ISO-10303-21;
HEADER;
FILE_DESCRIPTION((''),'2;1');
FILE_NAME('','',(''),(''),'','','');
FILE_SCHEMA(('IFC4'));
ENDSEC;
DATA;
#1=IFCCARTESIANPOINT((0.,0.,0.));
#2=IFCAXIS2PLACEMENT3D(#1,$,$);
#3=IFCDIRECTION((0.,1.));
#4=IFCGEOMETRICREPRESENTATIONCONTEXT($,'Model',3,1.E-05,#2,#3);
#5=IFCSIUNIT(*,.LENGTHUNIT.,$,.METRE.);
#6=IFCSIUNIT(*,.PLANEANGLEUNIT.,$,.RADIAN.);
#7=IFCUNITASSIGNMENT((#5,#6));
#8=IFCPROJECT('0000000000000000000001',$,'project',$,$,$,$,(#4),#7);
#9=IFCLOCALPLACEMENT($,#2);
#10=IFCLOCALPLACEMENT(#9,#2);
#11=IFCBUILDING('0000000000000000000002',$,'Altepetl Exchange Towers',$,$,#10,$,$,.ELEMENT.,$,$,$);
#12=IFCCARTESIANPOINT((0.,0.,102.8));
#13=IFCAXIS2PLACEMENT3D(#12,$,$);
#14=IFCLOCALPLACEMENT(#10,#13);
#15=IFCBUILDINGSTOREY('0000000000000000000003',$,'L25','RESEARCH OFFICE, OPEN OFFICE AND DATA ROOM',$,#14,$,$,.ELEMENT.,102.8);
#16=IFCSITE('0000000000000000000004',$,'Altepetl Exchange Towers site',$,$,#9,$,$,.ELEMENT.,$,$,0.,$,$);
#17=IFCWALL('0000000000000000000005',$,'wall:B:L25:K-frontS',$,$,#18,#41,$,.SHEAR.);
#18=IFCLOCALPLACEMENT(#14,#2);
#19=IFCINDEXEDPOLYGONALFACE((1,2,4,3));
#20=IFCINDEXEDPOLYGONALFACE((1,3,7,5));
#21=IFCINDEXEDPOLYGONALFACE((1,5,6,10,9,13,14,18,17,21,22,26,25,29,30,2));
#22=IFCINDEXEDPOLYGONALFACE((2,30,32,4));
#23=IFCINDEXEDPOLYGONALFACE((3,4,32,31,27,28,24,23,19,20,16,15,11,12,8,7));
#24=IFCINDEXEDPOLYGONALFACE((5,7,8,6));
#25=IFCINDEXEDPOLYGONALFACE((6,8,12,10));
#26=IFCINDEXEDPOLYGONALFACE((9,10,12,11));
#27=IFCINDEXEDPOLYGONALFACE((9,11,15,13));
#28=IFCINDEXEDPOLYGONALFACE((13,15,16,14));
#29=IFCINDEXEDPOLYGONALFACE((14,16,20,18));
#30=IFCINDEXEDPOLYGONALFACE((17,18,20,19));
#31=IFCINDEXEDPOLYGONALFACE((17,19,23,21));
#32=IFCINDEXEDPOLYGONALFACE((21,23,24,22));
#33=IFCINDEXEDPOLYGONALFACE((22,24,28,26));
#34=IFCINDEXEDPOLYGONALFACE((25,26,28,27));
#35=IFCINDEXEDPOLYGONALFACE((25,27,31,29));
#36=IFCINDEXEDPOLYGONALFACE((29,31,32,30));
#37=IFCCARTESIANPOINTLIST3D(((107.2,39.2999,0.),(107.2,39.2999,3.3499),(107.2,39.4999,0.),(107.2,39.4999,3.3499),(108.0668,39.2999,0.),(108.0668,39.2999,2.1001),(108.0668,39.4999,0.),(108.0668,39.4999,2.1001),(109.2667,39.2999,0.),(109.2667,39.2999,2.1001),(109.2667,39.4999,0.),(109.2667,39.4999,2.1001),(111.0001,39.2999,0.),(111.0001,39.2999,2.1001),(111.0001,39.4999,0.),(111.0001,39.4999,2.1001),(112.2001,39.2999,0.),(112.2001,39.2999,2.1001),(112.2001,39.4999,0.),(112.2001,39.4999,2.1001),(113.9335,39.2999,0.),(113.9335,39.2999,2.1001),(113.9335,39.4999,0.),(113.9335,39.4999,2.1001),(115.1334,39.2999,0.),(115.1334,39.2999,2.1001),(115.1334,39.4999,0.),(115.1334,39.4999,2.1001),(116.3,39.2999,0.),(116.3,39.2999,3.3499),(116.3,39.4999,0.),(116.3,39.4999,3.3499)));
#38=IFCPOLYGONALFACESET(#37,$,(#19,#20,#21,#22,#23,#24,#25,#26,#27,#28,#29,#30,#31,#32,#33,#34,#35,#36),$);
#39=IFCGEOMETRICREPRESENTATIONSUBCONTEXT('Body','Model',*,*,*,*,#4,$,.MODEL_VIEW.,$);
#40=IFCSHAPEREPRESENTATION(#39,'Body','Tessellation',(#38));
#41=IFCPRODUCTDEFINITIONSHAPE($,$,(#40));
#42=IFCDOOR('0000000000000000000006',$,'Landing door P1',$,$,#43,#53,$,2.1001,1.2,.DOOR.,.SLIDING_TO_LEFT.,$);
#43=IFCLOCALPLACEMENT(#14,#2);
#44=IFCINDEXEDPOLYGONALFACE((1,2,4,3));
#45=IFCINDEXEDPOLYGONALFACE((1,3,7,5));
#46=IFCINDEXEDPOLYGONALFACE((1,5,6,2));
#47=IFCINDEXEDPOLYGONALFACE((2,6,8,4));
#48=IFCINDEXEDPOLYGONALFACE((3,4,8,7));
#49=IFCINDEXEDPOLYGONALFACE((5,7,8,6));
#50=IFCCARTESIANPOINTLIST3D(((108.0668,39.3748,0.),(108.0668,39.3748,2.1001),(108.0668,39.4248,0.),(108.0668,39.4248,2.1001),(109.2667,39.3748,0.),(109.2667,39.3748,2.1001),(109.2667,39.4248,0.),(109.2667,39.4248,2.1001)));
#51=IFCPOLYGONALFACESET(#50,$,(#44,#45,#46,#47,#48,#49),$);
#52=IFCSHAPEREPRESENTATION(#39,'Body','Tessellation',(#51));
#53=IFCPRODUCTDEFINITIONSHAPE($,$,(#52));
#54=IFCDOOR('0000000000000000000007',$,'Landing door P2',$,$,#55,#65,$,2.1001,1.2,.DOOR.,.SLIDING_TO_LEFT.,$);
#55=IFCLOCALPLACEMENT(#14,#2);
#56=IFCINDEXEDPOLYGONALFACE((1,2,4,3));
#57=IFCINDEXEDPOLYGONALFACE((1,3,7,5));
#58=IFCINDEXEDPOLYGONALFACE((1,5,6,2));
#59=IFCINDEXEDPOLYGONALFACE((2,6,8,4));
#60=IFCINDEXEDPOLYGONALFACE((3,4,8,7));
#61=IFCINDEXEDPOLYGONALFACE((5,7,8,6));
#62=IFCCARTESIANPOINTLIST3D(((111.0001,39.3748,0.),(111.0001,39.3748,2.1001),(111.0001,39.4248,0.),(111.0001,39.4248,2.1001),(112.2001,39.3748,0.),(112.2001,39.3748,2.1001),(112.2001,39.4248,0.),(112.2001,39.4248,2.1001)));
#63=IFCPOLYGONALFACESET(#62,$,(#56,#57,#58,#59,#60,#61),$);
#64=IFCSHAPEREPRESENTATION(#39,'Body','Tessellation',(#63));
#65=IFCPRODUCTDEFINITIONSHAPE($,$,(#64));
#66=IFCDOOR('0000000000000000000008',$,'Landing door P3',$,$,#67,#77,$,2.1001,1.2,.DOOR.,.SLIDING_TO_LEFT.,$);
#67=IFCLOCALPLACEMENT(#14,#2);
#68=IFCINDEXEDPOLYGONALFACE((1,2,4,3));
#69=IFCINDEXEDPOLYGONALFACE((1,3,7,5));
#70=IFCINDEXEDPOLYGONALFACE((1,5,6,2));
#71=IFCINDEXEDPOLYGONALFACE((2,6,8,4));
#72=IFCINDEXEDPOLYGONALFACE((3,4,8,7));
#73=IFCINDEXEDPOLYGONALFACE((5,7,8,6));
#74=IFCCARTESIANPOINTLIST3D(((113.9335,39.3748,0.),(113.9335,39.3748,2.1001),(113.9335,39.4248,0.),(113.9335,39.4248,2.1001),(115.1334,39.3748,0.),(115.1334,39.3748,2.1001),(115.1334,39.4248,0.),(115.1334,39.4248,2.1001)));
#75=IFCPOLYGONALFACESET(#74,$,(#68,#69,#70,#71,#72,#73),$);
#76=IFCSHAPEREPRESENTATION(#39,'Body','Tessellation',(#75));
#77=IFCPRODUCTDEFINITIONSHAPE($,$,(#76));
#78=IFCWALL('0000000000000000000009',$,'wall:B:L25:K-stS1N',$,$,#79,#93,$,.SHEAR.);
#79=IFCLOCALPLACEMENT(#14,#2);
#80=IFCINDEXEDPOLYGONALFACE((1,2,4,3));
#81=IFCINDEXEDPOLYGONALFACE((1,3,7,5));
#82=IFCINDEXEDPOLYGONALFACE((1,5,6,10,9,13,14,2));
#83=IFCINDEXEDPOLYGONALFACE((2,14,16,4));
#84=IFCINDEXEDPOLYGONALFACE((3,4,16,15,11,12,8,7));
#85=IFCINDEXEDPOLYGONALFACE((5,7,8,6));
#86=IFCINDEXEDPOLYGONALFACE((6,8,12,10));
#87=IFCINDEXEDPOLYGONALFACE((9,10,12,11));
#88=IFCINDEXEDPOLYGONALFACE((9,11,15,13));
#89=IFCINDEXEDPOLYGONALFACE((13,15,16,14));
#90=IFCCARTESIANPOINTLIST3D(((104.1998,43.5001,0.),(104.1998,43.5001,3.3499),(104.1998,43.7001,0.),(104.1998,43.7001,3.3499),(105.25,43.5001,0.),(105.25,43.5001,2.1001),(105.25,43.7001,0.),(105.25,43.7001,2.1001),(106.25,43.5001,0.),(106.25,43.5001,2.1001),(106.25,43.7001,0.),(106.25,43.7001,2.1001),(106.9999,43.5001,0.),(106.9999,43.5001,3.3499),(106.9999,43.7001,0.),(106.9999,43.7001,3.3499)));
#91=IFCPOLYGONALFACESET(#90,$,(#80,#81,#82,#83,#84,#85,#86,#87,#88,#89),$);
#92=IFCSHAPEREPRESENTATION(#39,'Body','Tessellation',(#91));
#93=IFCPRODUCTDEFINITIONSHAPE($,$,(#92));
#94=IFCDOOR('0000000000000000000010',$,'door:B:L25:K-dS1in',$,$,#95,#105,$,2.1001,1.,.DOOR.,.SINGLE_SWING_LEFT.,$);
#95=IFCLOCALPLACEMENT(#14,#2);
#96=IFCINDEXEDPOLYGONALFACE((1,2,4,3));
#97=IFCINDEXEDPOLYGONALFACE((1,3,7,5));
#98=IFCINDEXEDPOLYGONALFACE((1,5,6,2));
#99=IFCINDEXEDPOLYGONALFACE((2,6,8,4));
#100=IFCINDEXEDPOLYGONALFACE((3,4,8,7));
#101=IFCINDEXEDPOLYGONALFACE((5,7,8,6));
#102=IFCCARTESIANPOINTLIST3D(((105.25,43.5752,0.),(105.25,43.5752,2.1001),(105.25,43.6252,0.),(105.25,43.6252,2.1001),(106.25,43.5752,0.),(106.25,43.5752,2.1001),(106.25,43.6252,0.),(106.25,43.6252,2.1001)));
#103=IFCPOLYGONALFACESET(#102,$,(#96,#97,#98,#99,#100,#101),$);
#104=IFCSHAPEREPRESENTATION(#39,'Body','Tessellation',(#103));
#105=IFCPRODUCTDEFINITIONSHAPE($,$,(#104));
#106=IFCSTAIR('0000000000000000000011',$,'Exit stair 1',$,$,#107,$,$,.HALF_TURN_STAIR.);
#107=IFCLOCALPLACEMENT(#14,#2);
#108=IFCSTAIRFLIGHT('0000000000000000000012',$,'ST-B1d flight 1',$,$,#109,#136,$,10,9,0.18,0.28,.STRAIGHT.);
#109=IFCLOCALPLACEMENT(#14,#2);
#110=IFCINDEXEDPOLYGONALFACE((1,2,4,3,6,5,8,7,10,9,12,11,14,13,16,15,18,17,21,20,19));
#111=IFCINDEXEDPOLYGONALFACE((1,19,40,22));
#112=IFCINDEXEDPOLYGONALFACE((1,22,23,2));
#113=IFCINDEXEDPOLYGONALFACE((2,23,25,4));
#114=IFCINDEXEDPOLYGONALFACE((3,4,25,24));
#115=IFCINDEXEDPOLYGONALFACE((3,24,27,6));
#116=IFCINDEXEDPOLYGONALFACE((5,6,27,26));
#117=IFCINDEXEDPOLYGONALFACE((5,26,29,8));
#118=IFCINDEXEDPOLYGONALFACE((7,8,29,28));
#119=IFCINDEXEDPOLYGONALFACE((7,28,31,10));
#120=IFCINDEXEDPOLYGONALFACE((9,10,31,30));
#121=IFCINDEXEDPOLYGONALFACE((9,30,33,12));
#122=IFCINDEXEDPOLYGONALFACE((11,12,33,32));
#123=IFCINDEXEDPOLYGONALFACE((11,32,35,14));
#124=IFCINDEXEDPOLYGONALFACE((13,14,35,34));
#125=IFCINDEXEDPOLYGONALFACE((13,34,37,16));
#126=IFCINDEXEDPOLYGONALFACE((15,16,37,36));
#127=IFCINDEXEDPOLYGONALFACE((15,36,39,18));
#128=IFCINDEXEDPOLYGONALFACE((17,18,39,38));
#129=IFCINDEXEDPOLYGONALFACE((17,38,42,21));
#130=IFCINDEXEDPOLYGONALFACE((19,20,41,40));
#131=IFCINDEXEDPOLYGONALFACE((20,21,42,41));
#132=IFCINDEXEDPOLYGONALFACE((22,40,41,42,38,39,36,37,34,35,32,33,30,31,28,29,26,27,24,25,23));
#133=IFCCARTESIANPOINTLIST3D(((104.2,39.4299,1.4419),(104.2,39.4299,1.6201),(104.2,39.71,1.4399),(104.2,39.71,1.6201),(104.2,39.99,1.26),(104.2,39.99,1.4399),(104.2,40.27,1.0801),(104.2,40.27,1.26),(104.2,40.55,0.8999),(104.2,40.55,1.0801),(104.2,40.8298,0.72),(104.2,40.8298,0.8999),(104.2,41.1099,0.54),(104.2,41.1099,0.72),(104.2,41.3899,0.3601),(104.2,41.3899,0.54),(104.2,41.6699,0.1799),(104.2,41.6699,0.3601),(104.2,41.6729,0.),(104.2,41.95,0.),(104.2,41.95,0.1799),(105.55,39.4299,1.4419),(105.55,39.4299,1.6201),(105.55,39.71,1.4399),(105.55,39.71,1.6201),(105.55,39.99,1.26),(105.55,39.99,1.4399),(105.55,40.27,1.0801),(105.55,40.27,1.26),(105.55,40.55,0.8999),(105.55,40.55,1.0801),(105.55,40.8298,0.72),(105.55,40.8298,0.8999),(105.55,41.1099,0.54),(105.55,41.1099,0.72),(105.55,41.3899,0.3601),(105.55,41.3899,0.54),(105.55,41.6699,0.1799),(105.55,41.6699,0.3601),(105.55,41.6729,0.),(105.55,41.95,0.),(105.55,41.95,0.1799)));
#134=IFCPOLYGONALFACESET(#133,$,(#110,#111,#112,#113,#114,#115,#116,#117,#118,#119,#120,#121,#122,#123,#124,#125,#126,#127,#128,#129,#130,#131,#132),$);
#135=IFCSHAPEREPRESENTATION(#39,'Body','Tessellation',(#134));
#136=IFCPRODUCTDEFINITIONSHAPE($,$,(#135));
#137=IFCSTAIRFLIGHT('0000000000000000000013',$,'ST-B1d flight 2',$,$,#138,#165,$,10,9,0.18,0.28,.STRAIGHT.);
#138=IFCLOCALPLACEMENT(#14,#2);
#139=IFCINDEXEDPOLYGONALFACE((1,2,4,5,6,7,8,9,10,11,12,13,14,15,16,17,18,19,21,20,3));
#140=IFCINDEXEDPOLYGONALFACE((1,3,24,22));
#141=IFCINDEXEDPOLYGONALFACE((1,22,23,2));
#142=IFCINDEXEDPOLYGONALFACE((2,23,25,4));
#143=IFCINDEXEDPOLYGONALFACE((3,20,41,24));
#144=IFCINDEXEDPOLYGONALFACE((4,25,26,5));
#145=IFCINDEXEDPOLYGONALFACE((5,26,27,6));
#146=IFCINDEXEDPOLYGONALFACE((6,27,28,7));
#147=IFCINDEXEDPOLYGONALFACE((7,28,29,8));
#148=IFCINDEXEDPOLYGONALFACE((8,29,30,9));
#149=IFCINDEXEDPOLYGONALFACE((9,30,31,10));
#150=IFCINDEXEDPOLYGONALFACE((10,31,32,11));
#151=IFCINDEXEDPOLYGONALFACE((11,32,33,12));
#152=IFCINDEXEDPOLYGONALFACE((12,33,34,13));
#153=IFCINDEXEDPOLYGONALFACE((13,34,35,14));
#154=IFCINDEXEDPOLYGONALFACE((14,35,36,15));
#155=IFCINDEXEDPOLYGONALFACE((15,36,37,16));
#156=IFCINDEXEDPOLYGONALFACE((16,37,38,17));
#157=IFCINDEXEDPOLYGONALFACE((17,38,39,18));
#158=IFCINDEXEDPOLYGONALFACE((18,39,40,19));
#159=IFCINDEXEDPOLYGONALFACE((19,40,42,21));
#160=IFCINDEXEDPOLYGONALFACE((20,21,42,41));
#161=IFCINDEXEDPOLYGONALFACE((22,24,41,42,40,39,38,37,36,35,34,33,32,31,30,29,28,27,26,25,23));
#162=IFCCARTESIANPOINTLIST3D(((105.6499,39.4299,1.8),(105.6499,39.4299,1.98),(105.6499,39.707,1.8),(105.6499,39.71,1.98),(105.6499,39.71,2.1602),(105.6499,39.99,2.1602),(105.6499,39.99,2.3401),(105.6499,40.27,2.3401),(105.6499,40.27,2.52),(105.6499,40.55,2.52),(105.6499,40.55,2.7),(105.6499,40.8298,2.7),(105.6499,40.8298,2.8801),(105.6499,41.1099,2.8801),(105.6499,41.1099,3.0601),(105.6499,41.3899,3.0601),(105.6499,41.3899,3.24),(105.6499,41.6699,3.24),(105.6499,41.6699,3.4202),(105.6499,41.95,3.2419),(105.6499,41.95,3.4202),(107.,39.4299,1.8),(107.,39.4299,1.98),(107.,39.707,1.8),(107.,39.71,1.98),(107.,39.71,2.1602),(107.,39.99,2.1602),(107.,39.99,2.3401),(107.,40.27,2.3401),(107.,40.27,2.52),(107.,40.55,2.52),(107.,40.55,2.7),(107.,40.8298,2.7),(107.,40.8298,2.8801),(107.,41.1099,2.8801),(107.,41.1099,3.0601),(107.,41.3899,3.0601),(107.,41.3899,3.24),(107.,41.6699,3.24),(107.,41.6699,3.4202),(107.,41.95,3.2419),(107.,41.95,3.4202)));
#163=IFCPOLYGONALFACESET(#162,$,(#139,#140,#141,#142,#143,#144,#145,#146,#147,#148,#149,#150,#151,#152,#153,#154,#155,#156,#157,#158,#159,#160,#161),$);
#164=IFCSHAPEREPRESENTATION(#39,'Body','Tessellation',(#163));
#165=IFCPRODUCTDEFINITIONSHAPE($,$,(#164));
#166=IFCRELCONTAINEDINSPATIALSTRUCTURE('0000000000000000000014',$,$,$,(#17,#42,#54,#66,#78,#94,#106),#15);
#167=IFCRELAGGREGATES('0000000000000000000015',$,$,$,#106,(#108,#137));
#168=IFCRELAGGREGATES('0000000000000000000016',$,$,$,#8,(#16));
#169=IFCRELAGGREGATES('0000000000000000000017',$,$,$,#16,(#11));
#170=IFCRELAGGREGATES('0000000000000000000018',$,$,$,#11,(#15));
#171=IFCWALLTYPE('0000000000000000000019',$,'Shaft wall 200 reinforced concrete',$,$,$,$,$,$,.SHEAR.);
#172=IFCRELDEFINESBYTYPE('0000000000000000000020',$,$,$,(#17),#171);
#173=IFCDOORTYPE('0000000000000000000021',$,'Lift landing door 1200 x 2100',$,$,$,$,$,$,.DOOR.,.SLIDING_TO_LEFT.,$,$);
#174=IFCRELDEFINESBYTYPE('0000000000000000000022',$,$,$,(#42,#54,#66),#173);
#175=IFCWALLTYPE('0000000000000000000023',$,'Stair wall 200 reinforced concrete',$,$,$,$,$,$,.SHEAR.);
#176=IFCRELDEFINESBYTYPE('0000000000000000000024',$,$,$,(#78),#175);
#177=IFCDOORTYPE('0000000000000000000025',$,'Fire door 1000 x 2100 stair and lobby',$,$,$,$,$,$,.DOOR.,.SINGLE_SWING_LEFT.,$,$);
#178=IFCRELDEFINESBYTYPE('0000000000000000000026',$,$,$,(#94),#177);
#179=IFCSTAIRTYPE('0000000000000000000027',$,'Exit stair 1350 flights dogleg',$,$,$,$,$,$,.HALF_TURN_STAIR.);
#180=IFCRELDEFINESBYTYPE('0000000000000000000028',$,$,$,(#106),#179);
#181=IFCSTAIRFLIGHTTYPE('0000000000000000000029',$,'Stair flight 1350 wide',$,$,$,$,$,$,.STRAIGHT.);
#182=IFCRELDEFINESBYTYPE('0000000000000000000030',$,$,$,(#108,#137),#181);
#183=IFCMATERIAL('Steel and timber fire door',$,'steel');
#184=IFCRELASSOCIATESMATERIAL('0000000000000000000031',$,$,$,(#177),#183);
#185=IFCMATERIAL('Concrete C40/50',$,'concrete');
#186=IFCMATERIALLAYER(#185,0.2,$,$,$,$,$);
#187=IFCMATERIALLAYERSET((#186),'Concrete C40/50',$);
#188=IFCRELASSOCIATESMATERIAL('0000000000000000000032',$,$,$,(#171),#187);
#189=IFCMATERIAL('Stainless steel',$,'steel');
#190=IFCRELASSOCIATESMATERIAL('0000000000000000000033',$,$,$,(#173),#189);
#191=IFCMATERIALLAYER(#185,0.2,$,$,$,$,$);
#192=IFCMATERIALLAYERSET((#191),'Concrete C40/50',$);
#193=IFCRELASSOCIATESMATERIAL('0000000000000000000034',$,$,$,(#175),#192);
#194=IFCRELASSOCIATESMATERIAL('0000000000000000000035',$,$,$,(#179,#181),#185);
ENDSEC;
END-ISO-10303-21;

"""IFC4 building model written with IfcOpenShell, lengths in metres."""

from ifc_helpers import new_model, si_unit, direction, frame, frame_2d, origin, place, context, subcontext, project, spatial, polyline, rectangle, outline, extrude, material, layer, layer_set, type_object, element, fill, aggregate, save


model = new_model("IFC4")

# Units and contexts
model_context = context("Model", 3, precision=1e-05, world=origin(), true_north=direction((0.0, 1.0)))
body_context = subcontext(model_context, "Body", "Model", "MODEL_VIEW")
ifc_project = project(units=[si_unit("LENGTHUNIT", "METRE"), si_unit("PLANEANGLEUNIT", "RADIAN")], contexts=[model_context])

# Site, building, storey
site_placement = place(None, origin())
site = spatial("IfcSite", under=ifc_project, at=site_placement, Name="Altepetl Exchange Towers site", CompositionType="ELEMENT", RefElevation=0.0)
building_placement = place(site_placement, origin())
building = spatial("IfcBuilding", under=site, at=building_placement, Name="Altepetl Exchange Towers", CompositionType="ELEMENT")
storey_placement = place(building_placement, frame((0.0, 0.0, 102.8)))
storey = spatial("IfcBuildingStorey", under=building, at=storey_placement, Name="L25", Description="RESEARCH OFFICE, OPEN OFFICE AND DATA ROOM", CompositionType="ELEMENT", Elevation=102.8)

# Shared definitions
ifc_material_1 = material(Name="Steel and timber fire door", Category="steel")
door_type_1 = type_object("IfcDoorType", Name="Fire door 1000 x 2100 stair and lobby", OperationType="SINGLE_SWING_LEFT", PredefinedType="DOOR", material=ifc_material_1)

# Shared definitions
ifc_material_2 = material(Name="Concrete C40/50", Category="concrete")
ifc_layer_1 = layer(ifc_material_2, 0.2)
ifc_layer_set_1 = layer_set([ifc_layer_1], Name="Concrete C40/50")
wall_type_1 = type_object("IfcWallType", Name="Shaft wall 200 reinforced concrete", PredefinedType="SHEAR", material=ifc_layer_set_1)
ifc_material_3 = material(Name="Stainless steel", Category="steel")

# Wall, openings, doors
wall_1_placement = place(storey_placement, frame((107.2, 39.3999, 0.0)))
wall_1 = element("IfcWall", 1, at=wall_1_placement, inside=storey, type_object=wall_type_1, Name="wall:B:L25:K-frontS", PredefinedType="SHEAR", context=body_context, shape_type="SweptSolid", body=[
    extrude(rectangle(XDim=9.1001, YDim=0.2, at=frame_2d((4.55, 0.0))), origin(), (0.0, 0.0, 1.0), 3.3499),
])
opening_1_placement = place(wall_1_placement, frame((0.8667, 0.0, 0.0)))
opening_1 = element("IfcOpeningElement", 2, at=opening_1_placement, cuts=wall_1, PredefinedType="OPENING", context=body_context, shape_type="SweptSolid", body=[
    extrude(rectangle(XDim=1.2, YDim=2.1001, at=frame_2d((0.6001, 1.05))), frame((0.0, 0.1099, 0.0), z_axis=(0.0, -1.0, 0.0), x_axis=(1.0, 0.0, 0.0)), (0.0, 0.0, 1.0), 0.22),
])
opening_2_placement = place(wall_1_placement, frame((3.8, 0.0, 0.0)))
opening_2 = element("IfcOpeningElement", 3, at=opening_2_placement, cuts=wall_1, PredefinedType="OPENING", context=body_context, shape_type="SweptSolid", body=[
    extrude(rectangle(XDim=1.2, YDim=2.1001, at=frame_2d((0.6001, 1.05))), frame((0.0, 0.1099, 0.0), z_axis=(0.0, -1.0, 0.0), x_axis=(1.0, 0.0, 0.0)), (0.0, 0.0, 1.0), 0.22),
])
opening_3_placement = place(wall_1_placement, frame((6.7334, 0.0, 0.0)))
opening_3 = element("IfcOpeningElement", 4, at=opening_3_placement, cuts=wall_1, PredefinedType="OPENING", context=body_context, shape_type="SweptSolid", body=[
    extrude(rectangle(XDim=1.2, YDim=2.1001, at=frame_2d((0.6001, 1.05))), frame((0.0, 0.1099, 0.0), z_axis=(0.0, -1.0, 0.0), x_axis=(1.0, 0.0, 0.0)), (0.0, 0.0, 1.0), 0.22),
])
door_type_2 = type_object("IfcDoorType", Name="Lift landing door 1200 x 2100", OperationType="SLIDING_TO_LEFT", PredefinedType="DOOR", material=ifc_material_3)
door_1_placement = place(opening_1_placement, origin())
door_1 = element("IfcDoor", 5, at=door_1_placement, inside=storey, type_object=door_type_2, Name="Landing door P1", OperationType="SLIDING_TO_LEFT", OverallHeight=2.1001, OverallWidth=1.2, PredefinedType="DOOR", context=body_context, shape_type="SweptSolid", body=[
    extrude(rectangle(XDim=1.2, YDim=2.1001, at=frame_2d((0.6001, 1.05))), frame((0.0, 0.0249, 0.0), z_axis=(0.0, -1.0, 0.0), x_axis=(1.0, 0.0, 0.0)), (0.0, 0.0, 1.0), 0.05),
])
fill(opening_1, door_1)
door_2_placement = place(opening_2_placement, origin())
door_2 = element("IfcDoor", 6, at=door_2_placement, inside=storey, type_object=door_type_2, Name="Landing door P2", OperationType="SLIDING_TO_LEFT", OverallHeight=2.1001, OverallWidth=1.2, PredefinedType="DOOR", context=body_context, shape_type="SweptSolid", body=[
    extrude(rectangle(XDim=1.2, YDim=2.1001, at=frame_2d((0.6001, 1.05))), frame((0.0, 0.0249, 0.0), z_axis=(0.0, -1.0, 0.0), x_axis=(1.0, 0.0, 0.0)), (0.0, 0.0, 1.0), 0.05),
])
fill(opening_2, door_2)
door_3_placement = place(opening_3_placement, origin())
door_3 = element("IfcDoor", 7, at=door_3_placement, inside=storey, type_object=door_type_2, Name="Landing door P3", OperationType="SLIDING_TO_LEFT", OverallHeight=2.1001, OverallWidth=1.2, PredefinedType="DOOR", context=body_context, shape_type="SweptSolid", body=[
    extrude(rectangle(XDim=1.2, YDim=2.1001, at=frame_2d((0.6001, 1.05))), frame((0.0, 0.0249, 0.0), z_axis=(0.0, -1.0, 0.0), x_axis=(1.0, 0.0, 0.0)), (0.0, 0.0, 1.0), 0.05),
])
fill(opening_3, door_3)

# Wall, opening, door
ifc_layer_2 = layer(ifc_material_2, 0.2)
ifc_layer_set_2 = layer_set([ifc_layer_2], Name="Concrete C40/50")
wall_type_2 = type_object("IfcWallType", Name="Stair wall 200 reinforced concrete", PredefinedType="SHEAR", material=ifc_layer_set_2)
wall_2_placement = place(storey_placement, frame((104.2, 43.6001, 0.0)))
wall_2 = element("IfcWall", 8, at=wall_2_placement, inside=storey, type_object=wall_type_2, Name="wall:B:L25:K-stS1N", PredefinedType="SHEAR", context=body_context, shape_type="SweptSolid", body=[
    extrude(rectangle(XDim=2.8, YDim=0.2, at=frame_2d((1.3999, 0.0))), origin(), (0.0, 0.0, 1.0), 3.3499),
])
opening_4_placement = place(wall_2_placement, frame((1.05, 0.0, 0.0)))
opening_4 = element("IfcOpeningElement", 9, at=opening_4_placement, cuts=wall_2, PredefinedType="OPENING", context=body_context, shape_type="SweptSolid", body=[
    extrude(rectangle(XDim=1.0, YDim=2.1001, at=frame_2d((0.5, 1.05))), frame((0.0, 0.1099, 0.0), z_axis=(0.0, -1.0, 0.0), x_axis=(1.0, 0.0, 0.0)), (0.0, 0.0, 1.0), 0.22),
])
door_4_placement = place(opening_4_placement, frame((1.0, 0.0, 0.0), x_axis=(-1.0, 0.0, 0.0)))
door_4 = element("IfcDoor", 10, at=door_4_placement, inside=storey, type_object=door_type_1, Name="door:B:L25:K-dS1in", OperationType="SINGLE_SWING_LEFT", OverallHeight=2.1001, OverallWidth=1.0, PredefinedType="DOOR", context=body_context, shape_type="SweptSolid", body=[
    extrude(rectangle(XDim=1.0, YDim=2.1001, at=frame_2d((0.5, 1.05))), frame((0.0, 0.0249, 0.0), z_axis=(0.0, -1.0, 0.0), x_axis=(1.0, 0.0, 0.0)), (0.0, 0.0, 1.0), 0.05),
])
fill(opening_4, door_4)

# Stair, stair flights
stair_type = type_object("IfcStairType", Name="Exit stair 1350 flights dogleg", PredefinedType="HALF_TURN_STAIR", material=ifc_material_2)
stair_placement = place(storey_placement, origin())
stair = element("IfcStair", 11, at=stair_placement, inside=storey, type_object=stair_type, Name="Exit stair 1", PredefinedType="HALF_TURN_STAIR")
stair_flight_type = type_object("IfcStairFlightType", Name="Stair flight 1350 wide", PredefinedType="STRAIGHT", material=ifc_material_2)
stair_flight_1_placement = place(storey_placement, frame((104.875, 41.95, 0.0), z_axis=(0.0, 0.0, 1.0), x_axis=(0.0, -1.0, 0.0)))
stair_flight_1 = element("IfcStairFlight", 12, at=stair_flight_1_placement, type_object=stair_flight_type, Name="ST-B1d flight 1", NumberOfRisers=10, NumberOfTreads=9, PredefinedType="STRAIGHT", RiserHeight=0.18, TreadLength=0.28, context=body_context, shape_type="SweptSolid", body=[
    extrude(outline(polyline([(0.0, 0.0), (0.0, 0.1799), (0.28, 0.1799), (0.28, 0.3601), (0.5601, 0.3601), (0.5601, 0.54), (0.8401, 0.54), (0.8401, 0.72), (1.1201, 0.72), (1.1201, 0.8999), (1.3999, 0.8999), (1.3999, 1.0801), (1.6799, 1.0801), (1.6799, 1.26), (1.96, 1.26), (1.96, 1.4399), (2.24, 1.4399), (2.24, 1.6201), (2.52, 1.6201), (2.52, 1.8), (2.52, 1.4419), (0.2771, 0.0), (0.0, 0.0)])), frame((0.0, 0.675, 0.0), z_axis=(0.0, -1.0, 0.0), x_axis=(1.0, 0.0, 0.0)), (0.0, 0.0, 1.0), 1.3501),
])
stair_flight_2_placement = place(storey_placement, frame((106.325, 39.4299, 1.8), z_axis=(0.0, 0.0, 1.0), x_axis=(0.0, 1.0, 0.0)))
stair_flight_2 = element("IfcStairFlight", 13, at=stair_flight_2_placement, type_object=stair_flight_type, Name="ST-B1d flight 2", NumberOfRisers=10, NumberOfTreads=9, PredefinedType="STRAIGHT", RiserHeight=0.18, TreadLength=0.28, context=body_context, shape_type="SweptSolid", body=[
    extrude(outline(polyline([(0.0, 0.0), (0.0, 0.1799), (0.28, 0.1799), (0.28, 0.3601), (0.5601, 0.3601), (0.5601, 0.54), (0.8401, 0.54), (0.8401, 0.72), (1.1201, 0.72), (1.1201, 0.8999), (1.3999, 0.8999), (1.3999, 1.0801), (1.6799, 1.0801), (1.6799, 1.26), (1.96, 1.26), (1.96, 1.4399), (2.24, 1.4399), (2.24, 1.6201), (2.52, 1.6201), (2.52, 1.8), (2.52, 1.4419), (0.2771, 0.0), (0.0, 0.0)])), frame((0.0, 0.675, 0.0), z_axis=(0.0, -1.0, 0.0), x_axis=(1.0, 0.0, 0.0)), (0.0, 0.0, 1.0), 1.3501),
])
aggregate(stair, [stair_flight_1, stair_flight_2])

save(model, "model.ifc")
